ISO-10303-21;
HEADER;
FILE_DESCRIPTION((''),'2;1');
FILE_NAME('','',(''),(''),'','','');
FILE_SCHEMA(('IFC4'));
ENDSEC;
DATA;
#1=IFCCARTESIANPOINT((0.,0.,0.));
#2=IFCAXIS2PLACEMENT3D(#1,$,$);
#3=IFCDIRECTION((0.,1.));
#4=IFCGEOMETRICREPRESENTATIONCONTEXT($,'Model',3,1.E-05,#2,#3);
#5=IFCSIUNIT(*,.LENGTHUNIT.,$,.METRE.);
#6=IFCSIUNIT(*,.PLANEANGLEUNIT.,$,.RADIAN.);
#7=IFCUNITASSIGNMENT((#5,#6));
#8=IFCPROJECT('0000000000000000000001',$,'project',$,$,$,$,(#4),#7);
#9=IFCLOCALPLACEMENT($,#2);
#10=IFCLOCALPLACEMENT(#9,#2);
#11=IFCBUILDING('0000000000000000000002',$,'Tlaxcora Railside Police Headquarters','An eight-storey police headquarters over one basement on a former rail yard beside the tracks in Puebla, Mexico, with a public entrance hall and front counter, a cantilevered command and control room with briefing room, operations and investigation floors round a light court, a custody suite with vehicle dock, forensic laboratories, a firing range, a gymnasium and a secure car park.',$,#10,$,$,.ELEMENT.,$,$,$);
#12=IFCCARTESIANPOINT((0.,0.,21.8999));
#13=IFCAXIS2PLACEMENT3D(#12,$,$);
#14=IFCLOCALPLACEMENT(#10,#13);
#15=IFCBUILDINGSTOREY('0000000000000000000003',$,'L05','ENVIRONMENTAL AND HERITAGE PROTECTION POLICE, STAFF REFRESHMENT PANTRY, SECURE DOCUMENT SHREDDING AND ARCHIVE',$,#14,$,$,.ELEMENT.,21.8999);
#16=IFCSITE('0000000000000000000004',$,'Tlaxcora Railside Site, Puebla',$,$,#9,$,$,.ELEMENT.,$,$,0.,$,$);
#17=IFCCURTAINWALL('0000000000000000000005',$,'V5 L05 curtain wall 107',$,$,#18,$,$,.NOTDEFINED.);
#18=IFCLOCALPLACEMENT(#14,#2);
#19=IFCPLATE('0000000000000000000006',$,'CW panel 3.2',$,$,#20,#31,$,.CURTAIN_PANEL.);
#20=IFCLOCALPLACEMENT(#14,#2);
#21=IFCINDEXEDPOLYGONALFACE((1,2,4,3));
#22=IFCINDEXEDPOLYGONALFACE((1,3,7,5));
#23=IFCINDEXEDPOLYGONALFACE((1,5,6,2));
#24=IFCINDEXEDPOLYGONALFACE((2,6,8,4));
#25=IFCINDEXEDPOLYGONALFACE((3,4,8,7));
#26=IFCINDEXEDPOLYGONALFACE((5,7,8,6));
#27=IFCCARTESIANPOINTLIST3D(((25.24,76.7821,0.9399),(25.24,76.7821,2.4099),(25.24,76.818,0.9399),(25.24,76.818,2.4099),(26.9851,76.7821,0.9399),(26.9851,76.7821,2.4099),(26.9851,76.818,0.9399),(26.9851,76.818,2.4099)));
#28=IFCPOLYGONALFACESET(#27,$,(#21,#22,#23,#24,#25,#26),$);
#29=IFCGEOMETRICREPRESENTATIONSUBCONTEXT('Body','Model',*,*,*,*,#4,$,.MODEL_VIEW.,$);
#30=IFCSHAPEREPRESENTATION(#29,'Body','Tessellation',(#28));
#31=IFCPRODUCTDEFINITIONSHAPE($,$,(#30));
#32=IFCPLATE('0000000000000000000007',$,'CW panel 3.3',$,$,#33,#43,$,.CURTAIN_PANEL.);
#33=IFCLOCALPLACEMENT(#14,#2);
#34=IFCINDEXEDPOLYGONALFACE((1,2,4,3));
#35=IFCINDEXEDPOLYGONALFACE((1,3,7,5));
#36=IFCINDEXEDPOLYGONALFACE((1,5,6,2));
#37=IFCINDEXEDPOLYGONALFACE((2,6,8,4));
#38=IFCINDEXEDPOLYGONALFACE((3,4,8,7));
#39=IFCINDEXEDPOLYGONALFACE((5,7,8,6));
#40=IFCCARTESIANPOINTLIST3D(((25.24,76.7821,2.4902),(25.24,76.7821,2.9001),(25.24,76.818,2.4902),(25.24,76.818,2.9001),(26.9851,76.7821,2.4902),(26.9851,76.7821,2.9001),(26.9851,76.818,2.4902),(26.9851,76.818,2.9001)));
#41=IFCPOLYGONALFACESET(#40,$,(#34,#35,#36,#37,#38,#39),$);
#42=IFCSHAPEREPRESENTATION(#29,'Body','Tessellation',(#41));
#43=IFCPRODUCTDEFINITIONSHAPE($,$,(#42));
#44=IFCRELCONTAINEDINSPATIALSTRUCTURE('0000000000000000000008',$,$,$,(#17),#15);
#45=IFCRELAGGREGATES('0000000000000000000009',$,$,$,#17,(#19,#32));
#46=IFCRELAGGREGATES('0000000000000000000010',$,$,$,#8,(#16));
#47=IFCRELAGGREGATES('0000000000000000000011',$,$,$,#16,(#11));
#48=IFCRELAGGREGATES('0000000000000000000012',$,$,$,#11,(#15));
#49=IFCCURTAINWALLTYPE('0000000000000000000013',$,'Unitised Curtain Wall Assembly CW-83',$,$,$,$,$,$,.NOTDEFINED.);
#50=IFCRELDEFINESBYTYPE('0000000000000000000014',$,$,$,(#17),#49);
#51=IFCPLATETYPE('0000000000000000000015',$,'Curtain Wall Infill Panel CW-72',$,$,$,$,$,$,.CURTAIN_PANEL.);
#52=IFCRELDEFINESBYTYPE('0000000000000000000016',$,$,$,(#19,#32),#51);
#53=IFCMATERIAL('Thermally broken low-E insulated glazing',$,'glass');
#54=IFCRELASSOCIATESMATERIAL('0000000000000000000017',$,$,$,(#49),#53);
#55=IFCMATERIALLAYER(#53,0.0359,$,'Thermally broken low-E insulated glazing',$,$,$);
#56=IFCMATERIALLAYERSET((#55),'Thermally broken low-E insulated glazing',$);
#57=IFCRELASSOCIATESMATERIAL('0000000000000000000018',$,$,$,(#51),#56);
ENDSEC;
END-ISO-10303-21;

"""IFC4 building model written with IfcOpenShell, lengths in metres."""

from ifc_helpers import new_model, si_unit, direction, frame, origin, origin_2d, place, context, subcontext, project, spatial, rectangle, extrude, material, layer, layer_set, type_object, element, aggregate, save


model = new_model("IFC4")

# Units and contexts
model_context = context("Model", 3, precision=1e-05, world=origin(), true_north=direction((0.0, 1.0)))
body_context = subcontext(model_context, "Body", "Model", "MODEL_VIEW")
ifc_project = project(units=[si_unit("LENGTHUNIT", "METRE"), si_unit("PLANEANGLEUNIT", "RADIAN")], contexts=[model_context])

# Site, building, storey
site_placement = place(None, origin())
site = spatial("IfcSite", under=ifc_project, at=site_placement, Name="Tlaxcora Railside Site, Puebla", CompositionType="ELEMENT", RefElevation=0.0)
building_placement = place(site_placement, origin())
building = spatial("IfcBuilding", under=site, at=building_placement, Name="Tlaxcora Railside Police Headquarters", Description="An eight-storey police headquarters over one basement on a former rail yard beside the tracks in Puebla, Mexico, with a public entrance hall and front counter, a cantilevered command and control room with briefing room, operations and investigation floors round a light court, a custody suite with vehicle dock, forensic laboratories, a firing range, a gymnasium and a secure car park.", CompositionType="ELEMENT")
storey_placement = place(building_placement, frame((0.0, 0.0, 21.8999)))
storey = spatial("IfcBuildingStorey", under=building, at=storey_placement, Name="L05", Description="ENVIRONMENTAL AND HERITAGE PROTECTION POLICE, STAFF REFRESHMENT PANTRY, SECURE DOCUMENT SHREDDING AND ARCHIVE", CompositionType="ELEMENT", Elevation=21.8999)

# Curtain wall
ifc_material_1 = material(Name="Thermally broken low-E insulated glazing", Category="glass")
curtain_wall_type = type_object("IfcCurtainWallType", Name="Unitised Curtain Wall Assembly CW-83", PredefinedType="NOTDEFINED", material=ifc_material_1)
curtain_wall_placement = place(storey_placement, origin())
curtain_wall = element("IfcCurtainWall", 1, at=curtain_wall_placement, inside=storey, type_object=curtain_wall_type, Name="V5 L05 curtain wall 107", PredefinedType="NOTDEFINED")

# Plates
ifc_layer = layer(ifc_material_1, 0.0359, Name="Thermally broken low-E insulated glazing")
ifc_layer_set = layer_set([ifc_layer], Name="Thermally broken low-E insulated glazing")
plate_type = type_object("IfcPlateType", Name="Curtain Wall Infill Panel CW-72", PredefinedType="CURTAIN_PANEL", material=ifc_layer_set)
plate_1_placement = place(storey_placement, frame((26.1125, 76.8, 0.9399), z_axis=(0.0, 0.0, 1.0), x_axis=(1.0, 0.0, 0.0)))
plate_1 = element("IfcPlate", 2, at=plate_1_placement, type_object=plate_type, Name="CW panel 3.2", PredefinedType="CURTAIN_PANEL", context=body_context, shape_type="SweptSolid", body=[
    extrude(rectangle(XDim=1.7451, YDim=0.0359, at=origin_2d()), origin(), (0.0, 0.0, 1.0), 1.47),
])
plate_2_placement = place(storey_placement, frame((26.1125, 76.8, 2.4902), z_axis=(0.0, 0.0, 1.0), x_axis=(1.0, 0.0, 0.0)))
plate_2 = element("IfcPlate", 3, at=plate_2_placement, type_object=plate_type, Name="CW panel 3.3", PredefinedType="CURTAIN_PANEL", context=body_context, shape_type="SweptSolid", body=[
    extrude(rectangle(XDim=1.7451, YDim=0.0359, at=origin_2d()), origin(), (0.0, 0.0, 1.0), 0.4099),
])
aggregate(curtain_wall, [plate_1, plate_2])

save(model, "model.ifc")
